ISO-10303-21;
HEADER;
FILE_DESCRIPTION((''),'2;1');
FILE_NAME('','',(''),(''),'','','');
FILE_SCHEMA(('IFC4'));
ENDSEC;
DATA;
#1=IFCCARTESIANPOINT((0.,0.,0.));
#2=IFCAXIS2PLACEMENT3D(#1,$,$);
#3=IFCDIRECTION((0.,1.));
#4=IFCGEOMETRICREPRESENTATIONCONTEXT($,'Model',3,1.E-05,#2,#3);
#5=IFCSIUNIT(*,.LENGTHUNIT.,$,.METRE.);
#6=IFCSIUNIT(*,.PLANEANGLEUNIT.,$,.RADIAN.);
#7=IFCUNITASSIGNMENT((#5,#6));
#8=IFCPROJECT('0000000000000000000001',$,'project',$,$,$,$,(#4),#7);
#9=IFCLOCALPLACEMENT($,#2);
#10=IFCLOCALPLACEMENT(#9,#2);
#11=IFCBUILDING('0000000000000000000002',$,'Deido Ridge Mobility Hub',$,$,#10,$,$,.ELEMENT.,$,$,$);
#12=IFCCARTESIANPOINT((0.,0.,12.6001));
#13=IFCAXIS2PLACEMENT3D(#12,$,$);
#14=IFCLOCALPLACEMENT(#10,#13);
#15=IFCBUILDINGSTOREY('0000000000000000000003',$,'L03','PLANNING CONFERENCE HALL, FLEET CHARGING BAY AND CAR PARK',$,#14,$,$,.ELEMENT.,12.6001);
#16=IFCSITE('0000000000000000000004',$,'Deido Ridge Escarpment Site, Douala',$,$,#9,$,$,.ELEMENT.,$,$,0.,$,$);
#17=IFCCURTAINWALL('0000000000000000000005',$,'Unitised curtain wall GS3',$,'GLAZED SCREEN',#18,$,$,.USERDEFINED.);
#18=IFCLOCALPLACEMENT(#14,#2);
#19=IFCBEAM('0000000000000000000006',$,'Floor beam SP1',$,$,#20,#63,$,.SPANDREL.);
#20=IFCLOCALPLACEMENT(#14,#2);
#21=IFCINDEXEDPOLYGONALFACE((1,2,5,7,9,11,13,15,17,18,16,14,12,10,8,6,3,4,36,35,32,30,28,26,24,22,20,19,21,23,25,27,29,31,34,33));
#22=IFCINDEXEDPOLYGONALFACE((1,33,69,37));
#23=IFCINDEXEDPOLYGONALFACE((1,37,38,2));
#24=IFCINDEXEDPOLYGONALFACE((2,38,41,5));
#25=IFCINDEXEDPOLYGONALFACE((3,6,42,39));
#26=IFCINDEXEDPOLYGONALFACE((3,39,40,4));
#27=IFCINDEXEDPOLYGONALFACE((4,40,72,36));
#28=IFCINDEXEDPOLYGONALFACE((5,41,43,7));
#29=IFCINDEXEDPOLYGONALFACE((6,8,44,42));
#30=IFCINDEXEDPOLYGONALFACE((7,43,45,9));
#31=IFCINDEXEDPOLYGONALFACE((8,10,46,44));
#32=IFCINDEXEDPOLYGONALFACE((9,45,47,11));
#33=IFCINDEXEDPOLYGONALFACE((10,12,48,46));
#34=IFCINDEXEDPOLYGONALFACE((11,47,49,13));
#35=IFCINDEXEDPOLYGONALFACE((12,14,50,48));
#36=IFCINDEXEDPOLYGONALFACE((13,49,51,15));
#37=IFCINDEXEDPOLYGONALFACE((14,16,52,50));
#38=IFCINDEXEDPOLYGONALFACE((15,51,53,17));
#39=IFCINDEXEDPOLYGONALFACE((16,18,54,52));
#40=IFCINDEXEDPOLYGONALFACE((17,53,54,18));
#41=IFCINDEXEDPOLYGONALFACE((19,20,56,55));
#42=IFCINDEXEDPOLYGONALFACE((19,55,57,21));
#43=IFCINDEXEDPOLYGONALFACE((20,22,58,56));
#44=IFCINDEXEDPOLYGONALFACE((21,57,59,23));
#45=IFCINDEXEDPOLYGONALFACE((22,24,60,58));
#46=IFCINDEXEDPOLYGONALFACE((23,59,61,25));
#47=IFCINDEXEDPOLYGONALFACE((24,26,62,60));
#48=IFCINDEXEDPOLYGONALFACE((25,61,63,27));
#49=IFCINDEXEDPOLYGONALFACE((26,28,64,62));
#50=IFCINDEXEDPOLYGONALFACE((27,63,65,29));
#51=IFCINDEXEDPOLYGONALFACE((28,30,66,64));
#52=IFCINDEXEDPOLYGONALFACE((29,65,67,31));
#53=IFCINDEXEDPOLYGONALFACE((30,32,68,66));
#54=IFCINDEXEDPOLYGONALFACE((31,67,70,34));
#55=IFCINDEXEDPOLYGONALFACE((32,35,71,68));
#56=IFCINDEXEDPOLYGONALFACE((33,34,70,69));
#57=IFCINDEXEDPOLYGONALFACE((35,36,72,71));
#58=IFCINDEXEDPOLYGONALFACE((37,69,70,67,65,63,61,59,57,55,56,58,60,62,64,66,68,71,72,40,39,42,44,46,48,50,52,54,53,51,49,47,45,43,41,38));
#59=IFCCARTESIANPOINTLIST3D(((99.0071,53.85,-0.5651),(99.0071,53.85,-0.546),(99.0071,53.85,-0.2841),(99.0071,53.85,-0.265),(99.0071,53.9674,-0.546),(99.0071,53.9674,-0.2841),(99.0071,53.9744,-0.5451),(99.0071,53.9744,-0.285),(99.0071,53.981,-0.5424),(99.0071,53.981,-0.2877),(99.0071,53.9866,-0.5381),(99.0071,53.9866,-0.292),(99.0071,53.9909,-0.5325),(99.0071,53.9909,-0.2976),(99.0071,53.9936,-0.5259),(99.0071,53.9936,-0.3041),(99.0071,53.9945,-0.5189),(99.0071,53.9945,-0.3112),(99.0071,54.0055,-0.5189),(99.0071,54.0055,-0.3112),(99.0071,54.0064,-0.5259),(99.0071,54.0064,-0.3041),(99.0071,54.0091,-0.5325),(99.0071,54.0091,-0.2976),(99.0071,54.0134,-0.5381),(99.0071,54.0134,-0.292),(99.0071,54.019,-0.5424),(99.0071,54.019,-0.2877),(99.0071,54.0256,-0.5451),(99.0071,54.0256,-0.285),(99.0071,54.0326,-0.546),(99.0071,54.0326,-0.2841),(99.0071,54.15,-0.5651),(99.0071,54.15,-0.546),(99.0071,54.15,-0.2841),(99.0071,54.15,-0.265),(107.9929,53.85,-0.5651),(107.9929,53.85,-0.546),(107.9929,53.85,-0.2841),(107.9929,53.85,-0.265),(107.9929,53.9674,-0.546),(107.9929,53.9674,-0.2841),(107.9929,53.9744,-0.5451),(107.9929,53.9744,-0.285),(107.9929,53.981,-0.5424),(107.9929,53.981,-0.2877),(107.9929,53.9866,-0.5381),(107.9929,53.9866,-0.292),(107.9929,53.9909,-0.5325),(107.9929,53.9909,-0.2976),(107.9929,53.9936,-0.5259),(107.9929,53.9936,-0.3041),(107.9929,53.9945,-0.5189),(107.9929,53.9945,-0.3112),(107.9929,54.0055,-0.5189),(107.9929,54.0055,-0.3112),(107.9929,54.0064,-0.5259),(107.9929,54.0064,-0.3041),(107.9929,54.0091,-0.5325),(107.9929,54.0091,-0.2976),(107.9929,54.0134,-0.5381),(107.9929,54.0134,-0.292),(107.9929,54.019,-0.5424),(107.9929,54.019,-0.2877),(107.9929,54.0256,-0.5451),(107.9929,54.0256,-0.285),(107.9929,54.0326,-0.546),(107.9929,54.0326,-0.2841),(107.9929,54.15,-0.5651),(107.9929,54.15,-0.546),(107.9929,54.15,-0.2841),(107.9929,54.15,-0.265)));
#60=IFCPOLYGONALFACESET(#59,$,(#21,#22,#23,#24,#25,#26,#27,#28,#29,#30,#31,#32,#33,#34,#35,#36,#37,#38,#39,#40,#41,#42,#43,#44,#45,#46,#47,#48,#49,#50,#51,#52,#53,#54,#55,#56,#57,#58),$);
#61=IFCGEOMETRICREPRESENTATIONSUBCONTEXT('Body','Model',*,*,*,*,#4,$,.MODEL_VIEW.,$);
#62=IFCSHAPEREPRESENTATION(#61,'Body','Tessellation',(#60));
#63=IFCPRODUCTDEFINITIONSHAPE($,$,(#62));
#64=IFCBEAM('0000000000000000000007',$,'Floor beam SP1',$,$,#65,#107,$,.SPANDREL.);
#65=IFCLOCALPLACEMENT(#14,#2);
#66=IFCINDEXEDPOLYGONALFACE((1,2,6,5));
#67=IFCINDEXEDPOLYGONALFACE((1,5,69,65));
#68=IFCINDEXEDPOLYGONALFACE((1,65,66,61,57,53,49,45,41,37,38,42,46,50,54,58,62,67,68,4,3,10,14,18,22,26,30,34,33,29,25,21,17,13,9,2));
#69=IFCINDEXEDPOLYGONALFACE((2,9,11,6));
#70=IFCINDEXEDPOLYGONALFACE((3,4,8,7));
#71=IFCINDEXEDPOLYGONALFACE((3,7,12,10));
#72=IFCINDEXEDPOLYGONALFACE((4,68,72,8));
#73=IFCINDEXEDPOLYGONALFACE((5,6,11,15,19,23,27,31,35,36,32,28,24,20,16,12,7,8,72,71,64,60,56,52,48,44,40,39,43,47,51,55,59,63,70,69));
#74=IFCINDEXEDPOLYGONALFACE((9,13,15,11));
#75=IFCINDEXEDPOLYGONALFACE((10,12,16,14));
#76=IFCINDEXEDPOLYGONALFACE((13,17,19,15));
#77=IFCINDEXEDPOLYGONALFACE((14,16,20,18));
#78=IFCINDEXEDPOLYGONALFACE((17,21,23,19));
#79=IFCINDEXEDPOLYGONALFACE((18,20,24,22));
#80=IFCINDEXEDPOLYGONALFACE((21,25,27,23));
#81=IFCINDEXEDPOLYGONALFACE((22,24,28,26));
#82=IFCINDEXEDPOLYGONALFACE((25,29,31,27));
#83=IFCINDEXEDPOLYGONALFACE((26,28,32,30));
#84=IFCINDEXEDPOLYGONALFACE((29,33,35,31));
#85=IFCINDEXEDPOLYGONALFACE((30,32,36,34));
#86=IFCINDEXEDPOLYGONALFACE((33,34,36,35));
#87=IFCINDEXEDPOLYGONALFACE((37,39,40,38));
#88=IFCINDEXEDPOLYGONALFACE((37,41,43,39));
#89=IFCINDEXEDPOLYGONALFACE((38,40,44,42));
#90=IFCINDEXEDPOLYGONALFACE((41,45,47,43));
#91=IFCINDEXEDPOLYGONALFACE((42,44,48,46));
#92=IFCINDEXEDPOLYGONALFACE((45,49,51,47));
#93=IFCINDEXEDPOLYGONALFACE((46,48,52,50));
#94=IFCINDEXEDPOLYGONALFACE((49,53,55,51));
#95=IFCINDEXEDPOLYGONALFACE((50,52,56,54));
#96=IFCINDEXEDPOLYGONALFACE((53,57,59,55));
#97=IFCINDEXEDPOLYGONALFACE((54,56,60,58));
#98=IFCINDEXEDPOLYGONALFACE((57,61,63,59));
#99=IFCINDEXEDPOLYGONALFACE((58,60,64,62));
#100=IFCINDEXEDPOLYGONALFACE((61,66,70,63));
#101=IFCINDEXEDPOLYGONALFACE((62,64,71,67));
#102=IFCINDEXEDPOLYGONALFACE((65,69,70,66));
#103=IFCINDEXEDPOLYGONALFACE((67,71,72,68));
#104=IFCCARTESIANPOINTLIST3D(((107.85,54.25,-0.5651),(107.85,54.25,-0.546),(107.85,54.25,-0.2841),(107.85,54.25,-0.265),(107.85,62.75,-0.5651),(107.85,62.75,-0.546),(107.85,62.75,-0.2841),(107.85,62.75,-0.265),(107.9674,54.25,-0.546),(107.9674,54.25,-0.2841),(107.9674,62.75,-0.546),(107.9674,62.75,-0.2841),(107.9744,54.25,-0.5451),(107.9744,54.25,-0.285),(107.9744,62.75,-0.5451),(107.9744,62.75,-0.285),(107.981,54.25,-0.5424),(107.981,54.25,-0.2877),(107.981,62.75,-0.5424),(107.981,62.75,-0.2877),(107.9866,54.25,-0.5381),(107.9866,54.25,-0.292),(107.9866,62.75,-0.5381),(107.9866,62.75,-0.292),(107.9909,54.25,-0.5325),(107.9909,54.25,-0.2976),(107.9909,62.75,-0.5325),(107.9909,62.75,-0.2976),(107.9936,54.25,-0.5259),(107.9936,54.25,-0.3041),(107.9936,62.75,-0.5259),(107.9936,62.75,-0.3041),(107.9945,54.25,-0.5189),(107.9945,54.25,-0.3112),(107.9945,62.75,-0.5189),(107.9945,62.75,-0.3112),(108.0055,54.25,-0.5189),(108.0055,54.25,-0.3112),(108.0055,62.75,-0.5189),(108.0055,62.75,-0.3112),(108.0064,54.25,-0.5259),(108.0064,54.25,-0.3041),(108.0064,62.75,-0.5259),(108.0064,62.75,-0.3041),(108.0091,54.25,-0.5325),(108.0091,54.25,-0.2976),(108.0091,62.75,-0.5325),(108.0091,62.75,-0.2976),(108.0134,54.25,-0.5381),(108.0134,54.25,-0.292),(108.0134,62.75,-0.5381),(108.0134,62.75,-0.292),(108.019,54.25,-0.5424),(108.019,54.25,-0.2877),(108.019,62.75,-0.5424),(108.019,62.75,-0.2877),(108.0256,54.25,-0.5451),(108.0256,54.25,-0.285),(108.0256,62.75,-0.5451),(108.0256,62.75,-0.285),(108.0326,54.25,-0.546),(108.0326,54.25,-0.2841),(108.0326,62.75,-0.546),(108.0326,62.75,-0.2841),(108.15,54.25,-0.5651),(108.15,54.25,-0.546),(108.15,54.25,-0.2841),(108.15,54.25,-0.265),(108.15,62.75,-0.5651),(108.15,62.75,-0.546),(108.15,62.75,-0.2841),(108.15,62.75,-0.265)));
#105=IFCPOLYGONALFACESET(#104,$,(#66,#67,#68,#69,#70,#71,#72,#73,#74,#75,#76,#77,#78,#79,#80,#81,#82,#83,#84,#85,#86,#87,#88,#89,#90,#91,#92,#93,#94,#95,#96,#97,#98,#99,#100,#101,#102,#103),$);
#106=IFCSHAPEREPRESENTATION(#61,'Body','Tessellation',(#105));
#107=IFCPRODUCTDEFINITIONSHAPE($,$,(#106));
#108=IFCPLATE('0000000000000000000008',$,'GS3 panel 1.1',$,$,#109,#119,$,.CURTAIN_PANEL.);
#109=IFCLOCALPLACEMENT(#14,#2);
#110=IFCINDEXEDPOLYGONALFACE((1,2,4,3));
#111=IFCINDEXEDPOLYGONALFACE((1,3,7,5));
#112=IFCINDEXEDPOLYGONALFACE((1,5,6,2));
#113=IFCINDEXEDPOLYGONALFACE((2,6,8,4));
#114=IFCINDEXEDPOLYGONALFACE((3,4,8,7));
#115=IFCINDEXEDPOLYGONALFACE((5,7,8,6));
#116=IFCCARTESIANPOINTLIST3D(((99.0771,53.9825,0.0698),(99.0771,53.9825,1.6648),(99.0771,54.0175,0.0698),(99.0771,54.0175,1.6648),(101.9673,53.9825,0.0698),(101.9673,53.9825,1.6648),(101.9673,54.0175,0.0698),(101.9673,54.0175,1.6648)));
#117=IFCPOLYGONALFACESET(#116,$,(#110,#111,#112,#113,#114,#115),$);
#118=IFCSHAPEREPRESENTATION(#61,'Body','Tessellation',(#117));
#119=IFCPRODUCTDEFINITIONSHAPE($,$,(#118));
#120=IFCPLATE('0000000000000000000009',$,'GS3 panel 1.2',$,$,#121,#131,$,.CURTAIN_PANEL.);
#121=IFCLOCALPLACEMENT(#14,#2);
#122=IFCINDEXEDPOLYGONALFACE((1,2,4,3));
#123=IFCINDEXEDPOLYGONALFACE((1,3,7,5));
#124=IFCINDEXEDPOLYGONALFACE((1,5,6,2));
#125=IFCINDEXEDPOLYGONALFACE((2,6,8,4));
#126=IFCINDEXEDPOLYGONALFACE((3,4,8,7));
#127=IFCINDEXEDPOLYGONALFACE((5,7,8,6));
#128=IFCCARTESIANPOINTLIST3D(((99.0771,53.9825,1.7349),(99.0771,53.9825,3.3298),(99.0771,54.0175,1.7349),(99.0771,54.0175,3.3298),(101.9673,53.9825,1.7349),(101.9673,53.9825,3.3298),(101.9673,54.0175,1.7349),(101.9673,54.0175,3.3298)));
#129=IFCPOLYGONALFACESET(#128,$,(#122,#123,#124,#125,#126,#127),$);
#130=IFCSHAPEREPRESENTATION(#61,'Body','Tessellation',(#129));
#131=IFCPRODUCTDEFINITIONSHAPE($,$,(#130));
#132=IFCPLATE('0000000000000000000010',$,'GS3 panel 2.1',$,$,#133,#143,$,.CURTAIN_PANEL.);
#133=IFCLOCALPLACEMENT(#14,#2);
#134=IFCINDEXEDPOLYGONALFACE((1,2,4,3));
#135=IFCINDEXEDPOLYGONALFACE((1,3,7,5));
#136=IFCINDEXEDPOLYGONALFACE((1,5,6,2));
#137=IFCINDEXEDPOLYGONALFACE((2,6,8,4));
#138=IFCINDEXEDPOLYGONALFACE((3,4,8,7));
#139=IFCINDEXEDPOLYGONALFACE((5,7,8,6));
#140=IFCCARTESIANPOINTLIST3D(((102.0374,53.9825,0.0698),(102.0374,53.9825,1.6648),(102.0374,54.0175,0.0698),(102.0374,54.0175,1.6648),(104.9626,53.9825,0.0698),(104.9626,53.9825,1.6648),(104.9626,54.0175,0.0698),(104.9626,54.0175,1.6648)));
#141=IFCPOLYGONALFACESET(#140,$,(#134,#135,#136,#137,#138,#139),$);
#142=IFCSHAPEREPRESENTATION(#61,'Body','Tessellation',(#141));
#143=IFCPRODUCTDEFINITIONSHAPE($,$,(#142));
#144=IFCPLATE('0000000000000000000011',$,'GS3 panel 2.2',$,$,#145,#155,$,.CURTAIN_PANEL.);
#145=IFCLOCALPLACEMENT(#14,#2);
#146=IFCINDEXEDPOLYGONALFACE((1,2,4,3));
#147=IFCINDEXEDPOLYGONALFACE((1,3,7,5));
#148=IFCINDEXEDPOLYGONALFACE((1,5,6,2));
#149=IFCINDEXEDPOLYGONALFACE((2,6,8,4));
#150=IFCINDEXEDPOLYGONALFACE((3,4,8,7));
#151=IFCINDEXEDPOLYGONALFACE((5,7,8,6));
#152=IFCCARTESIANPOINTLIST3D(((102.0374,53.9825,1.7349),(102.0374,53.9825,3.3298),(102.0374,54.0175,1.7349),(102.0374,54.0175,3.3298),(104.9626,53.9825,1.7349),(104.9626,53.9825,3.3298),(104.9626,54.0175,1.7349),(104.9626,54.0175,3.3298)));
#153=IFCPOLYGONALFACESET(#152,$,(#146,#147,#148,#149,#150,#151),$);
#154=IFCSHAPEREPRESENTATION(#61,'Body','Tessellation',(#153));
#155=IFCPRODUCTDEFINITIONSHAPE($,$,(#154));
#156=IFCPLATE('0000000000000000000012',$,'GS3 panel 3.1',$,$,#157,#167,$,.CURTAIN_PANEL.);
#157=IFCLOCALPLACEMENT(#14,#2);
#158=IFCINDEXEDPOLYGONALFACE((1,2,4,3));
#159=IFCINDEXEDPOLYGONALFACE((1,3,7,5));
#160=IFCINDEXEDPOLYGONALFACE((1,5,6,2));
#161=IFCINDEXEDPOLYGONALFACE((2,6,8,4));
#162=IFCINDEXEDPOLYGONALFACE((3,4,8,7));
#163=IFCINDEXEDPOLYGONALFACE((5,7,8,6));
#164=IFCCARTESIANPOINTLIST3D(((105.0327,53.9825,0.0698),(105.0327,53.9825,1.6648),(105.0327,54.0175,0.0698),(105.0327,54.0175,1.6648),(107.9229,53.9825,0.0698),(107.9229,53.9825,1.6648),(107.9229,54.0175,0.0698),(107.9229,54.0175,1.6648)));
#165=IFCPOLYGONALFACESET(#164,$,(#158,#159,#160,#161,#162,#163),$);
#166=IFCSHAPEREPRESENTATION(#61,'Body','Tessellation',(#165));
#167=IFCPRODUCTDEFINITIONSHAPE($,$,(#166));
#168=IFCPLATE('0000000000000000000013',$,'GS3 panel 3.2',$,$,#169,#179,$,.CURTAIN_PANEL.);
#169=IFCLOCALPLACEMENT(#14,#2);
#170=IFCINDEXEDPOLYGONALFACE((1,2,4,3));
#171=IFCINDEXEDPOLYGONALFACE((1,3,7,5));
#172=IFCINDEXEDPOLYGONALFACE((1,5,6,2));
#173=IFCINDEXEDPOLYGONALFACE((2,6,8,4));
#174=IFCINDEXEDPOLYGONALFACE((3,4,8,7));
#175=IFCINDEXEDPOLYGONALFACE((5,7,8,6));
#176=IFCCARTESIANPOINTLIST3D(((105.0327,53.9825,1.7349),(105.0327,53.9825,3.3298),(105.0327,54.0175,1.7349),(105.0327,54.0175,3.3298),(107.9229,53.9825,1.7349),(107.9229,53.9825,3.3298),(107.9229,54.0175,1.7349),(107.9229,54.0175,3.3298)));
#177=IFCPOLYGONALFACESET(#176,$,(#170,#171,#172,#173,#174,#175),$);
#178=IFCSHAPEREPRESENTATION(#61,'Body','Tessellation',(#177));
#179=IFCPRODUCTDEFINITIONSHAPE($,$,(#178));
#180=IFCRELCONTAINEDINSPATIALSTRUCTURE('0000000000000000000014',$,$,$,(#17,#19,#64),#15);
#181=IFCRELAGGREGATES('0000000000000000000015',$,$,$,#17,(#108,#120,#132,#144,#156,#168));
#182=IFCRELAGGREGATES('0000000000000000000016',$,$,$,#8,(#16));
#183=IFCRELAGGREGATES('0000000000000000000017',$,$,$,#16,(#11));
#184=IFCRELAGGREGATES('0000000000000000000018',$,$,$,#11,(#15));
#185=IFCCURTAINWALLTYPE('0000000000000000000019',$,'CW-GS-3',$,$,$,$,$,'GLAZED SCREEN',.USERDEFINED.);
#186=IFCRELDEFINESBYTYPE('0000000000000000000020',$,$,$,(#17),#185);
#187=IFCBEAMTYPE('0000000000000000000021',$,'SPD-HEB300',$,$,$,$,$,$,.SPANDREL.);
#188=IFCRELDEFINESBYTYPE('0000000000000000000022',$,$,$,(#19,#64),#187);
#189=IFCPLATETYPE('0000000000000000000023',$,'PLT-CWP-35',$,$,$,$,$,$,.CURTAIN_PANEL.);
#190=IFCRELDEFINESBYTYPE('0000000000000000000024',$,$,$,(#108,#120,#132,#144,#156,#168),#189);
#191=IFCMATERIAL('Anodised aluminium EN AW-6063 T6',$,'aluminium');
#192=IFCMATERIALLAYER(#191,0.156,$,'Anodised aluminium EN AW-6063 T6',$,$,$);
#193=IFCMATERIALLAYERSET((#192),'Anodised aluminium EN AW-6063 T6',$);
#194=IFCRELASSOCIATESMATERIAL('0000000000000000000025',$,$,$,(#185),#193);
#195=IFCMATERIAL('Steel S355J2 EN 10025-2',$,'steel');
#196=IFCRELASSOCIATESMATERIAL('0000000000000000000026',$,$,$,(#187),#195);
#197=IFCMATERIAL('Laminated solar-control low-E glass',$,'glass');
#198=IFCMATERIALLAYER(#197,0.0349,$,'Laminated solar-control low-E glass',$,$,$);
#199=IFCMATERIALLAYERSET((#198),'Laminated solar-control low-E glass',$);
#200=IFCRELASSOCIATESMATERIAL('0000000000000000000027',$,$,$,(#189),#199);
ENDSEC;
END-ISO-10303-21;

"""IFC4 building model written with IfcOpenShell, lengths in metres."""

from ifc_helpers import new_model, si_unit, direction, frame, origin, origin_2d, place, context, subcontext, project, spatial, rectangle, i_section, extrude, material, layer, layer_set, material_profile, profile_set, type_object, element, aggregate, save


model = new_model("IFC4")

# Units and contexts
model_context = context("Model", 3, precision=1e-05, world=origin(), true_north=direction((0.0, 1.0)))
body_context = subcontext(model_context, "Body", "Model", "MODEL_VIEW")
ifc_project = project(units=[si_unit("LENGTHUNIT", "METRE"), si_unit("PLANEANGLEUNIT", "RADIAN")], contexts=[model_context])

# Site, building, storey
site_placement = place(None, origin())
site = spatial("IfcSite", under=ifc_project, at=site_placement, Name="Deido Ridge Escarpment Site, Douala", CompositionType="ELEMENT", RefElevation=0.0)
building_placement = place(site_placement, origin())
building = spatial("IfcBuilding", under=site, at=building_placement, Name="Deido Ridge Mobility Hub", CompositionType="ELEMENT")
storey_placement = place(building_placement, frame((0.0, 0.0, 12.6001)))
storey = spatial("IfcBuildingStorey", under=building, at=storey_placement, Name="L03", Description="PLANNING CONFERENCE HALL, FLEET CHARGING BAY AND CAR PARK", CompositionType="ELEMENT", Elevation=12.6001)

# Shared definitions
ifc_material_1 = material(Name="Steel S355J2 EN 10025-2", Category="steel")

# Shared definitions
ifc_material_2 = material(Name="Anodised aluminium EN AW-6063 T6", Category="aluminium")

# Curtain wall
ifc_layer_1 = layer(ifc_material_2, 0.156, Name="Anodised aluminium EN AW-6063 T6")
ifc_layer_set_1 = layer_set([ifc_layer_1], Name="Anodised aluminium EN AW-6063 T6")
curtain_wall_type_1 = type_object("IfcCurtainWallType", Name="CW-GS-3", ElementType="GLAZED SCREEN", PredefinedType="USERDEFINED", material=ifc_layer_set_1)
curtain_wall_1_placement = place(storey_placement, origin())
curtain_wall_1 = element("IfcCurtainWall", 1, at=curtain_wall_1_placement, inside=storey, type_object=curtain_wall_type_1, Name="Unitised curtain wall GS3", ObjectType="GLAZED SCREEN", PredefinedType="USERDEFINED")

# Beams
ifc_material_profile_1 = material_profile(ifc_material_1, i_section(OverallWidth=0.3, OverallDepth=0.3, WebThickness=0.011, FlangeThickness=0.019, FilletRadius=0.0271, at=origin_2d()), Name="HEB 300")
ifc_profile_set_1 = profile_set([ifc_material_profile_1], Name="Steel S355J2 EN 10025-2")
beam_type_1 = type_object("IfcBeamType", Name="SPD-HEB300", PredefinedType="SPANDREL", material=ifc_profile_set_1)
beam_1_placement = place(storey_placement, frame((99.0071, 54.0, -0.415), z_axis=(1.0, 0.0, 0.0), x_axis=(0.0, 1.0, 0.0)))
element("IfcBeam", 2, at=beam_1_placement, inside=storey, type_object=beam_type_1, Name="Floor beam SP1", PredefinedType="SPANDREL", context=body_context, shape_type="SweptSolid", body=[
    extrude(i_section(OverallWidth=0.3, OverallDepth=0.3, WebThickness=0.011, FlangeThickness=0.019, FilletRadius=0.0271, at=origin_2d()), origin(), (0.0, 0.0, 1.0), 8.9858),
])
beam_2_placement = place(storey_placement, frame((108.0, 54.25, -0.415), z_axis=(0.0, 1.0, 0.0), x_axis=(-1.0, 0.0, 0.0)))
element("IfcBeam", 3, at=beam_2_placement, inside=storey, type_object=beam_type_1, Name="Floor beam SP1", PredefinedType="SPANDREL", context=body_context, shape_type="SweptSolid", body=[
    extrude(i_section(OverallWidth=0.3, OverallDepth=0.3, WebThickness=0.011, FlangeThickness=0.019, FilletRadius=0.0271, at=origin_2d()), origin(), (0.0, 0.0, 1.0), 8.5),
])

# Plates
ifc_material_3 = material(Name="Laminated solar-control low-E glass", Category="glass")
ifc_layer_2 = layer(ifc_material_3, 0.0349, Name="Laminated solar-control low-E glass")
ifc_layer_set_2 = layer_set([ifc_layer_2], Name="Laminated solar-control low-E glass")
plate_type = type_object("IfcPlateType", Name="PLT-CWP-35", PredefinedType="CURTAIN_PANEL", material=ifc_layer_set_2)
plate_1_placement = place(storey_placement, frame((100.5222, 54.0, 0.0698), z_axis=(0.0, 0.0, 1.0), x_axis=(1.0, 0.0, 0.0)))
plate_1 = element("IfcPlate", 4, at=plate_1_placement, type_object=plate_type, Name="GS3 panel 1.1", PredefinedType="CURTAIN_PANEL", context=body_context, shape_type="SweptSolid", body=[
    extrude(rectangle(XDim=2.8901, YDim=0.0349, at=origin_2d()), origin(), (0.0, 0.0, 1.0), 1.595),
])
plate_2_placement = place(storey_placement, frame((100.5222, 54.0, 1.7349), z_axis=(0.0, 0.0, 1.0), x_axis=(1.0, 0.0, 0.0)))
plate_2 = element("IfcPlate", 5, at=plate_2_placement, type_object=plate_type, Name="GS3 panel 1.2", PredefinedType="CURTAIN_PANEL", context=body_context, shape_type="SweptSolid", body=[
    extrude(rectangle(XDim=2.8901, YDim=0.0349, at=origin_2d()), origin(), (0.0, 0.0, 1.0), 1.595),
])
plate_3_placement = place(storey_placement, frame((103.5, 54.0, 0.0698), z_axis=(0.0, 0.0, 1.0), x_axis=(1.0, 0.0, 0.0)))
plate_3 = element("IfcPlate", 6, at=plate_3_placement, type_object=plate_type, Name="GS3 panel 2.1", PredefinedType="CURTAIN_PANEL", context=body_context, shape_type="SweptSolid", body=[
    extrude(rectangle(XDim=2.9253, YDim=0.0349, at=origin_2d()), origin(), (0.0, 0.0, 1.0), 1.595),
])
plate_4_placement = place(storey_placement, frame((103.5, 54.0, 1.7349), z_axis=(0.0, 0.0, 1.0), x_axis=(1.0, 0.0, 0.0)))
plate_4 = element("IfcPlate", 7, at=plate_4_placement, type_object=plate_type, Name="GS3 panel 2.2", PredefinedType="CURTAIN_PANEL", context=body_context, shape_type="SweptSolid", body=[
    extrude(rectangle(XDim=2.9253, YDim=0.0349, at=origin_2d()), origin(), (0.0, 0.0, 1.0), 1.595),
])
plate_5_placement = place(storey_placement, frame((106.4778, 54.0, 0.0698), z_axis=(0.0, 0.0, 1.0), x_axis=(1.0, 0.0, 0.0)))
plate_5 = element("IfcPlate", 8, at=plate_5_placement, type_object=plate_type, Name="GS3 panel 3.1", PredefinedType="CURTAIN_PANEL", context=body_context, shape_type="SweptSolid", body=[
    extrude(rectangle(XDim=2.8901, YDim=0.0349, at=origin_2d()), origin(), (0.0, 0.0, 1.0), 1.595),
])
plate_6_placement = place(storey_placement, frame((106.4778, 54.0, 1.7349), z_axis=(0.0, 0.0, 1.0), x_axis=(1.0, 0.0, 0.0)))
plate_6 = element("IfcPlate", 9, at=plate_6_placement, type_object=plate_type, Name="GS3 panel 3.2", PredefinedType="CURTAIN_PANEL", context=body_context, shape_type="SweptSolid", body=[
    extrude(rectangle(XDim=2.8901, YDim=0.0349, at=origin_2d()), origin(), (0.0, 0.0, 1.0), 1.595),
])
aggregate(curtain_wall_1, [plate_1, plate_2, plate_3, plate_4, plate_5, plate_6])

save(model, "model.ifc")
